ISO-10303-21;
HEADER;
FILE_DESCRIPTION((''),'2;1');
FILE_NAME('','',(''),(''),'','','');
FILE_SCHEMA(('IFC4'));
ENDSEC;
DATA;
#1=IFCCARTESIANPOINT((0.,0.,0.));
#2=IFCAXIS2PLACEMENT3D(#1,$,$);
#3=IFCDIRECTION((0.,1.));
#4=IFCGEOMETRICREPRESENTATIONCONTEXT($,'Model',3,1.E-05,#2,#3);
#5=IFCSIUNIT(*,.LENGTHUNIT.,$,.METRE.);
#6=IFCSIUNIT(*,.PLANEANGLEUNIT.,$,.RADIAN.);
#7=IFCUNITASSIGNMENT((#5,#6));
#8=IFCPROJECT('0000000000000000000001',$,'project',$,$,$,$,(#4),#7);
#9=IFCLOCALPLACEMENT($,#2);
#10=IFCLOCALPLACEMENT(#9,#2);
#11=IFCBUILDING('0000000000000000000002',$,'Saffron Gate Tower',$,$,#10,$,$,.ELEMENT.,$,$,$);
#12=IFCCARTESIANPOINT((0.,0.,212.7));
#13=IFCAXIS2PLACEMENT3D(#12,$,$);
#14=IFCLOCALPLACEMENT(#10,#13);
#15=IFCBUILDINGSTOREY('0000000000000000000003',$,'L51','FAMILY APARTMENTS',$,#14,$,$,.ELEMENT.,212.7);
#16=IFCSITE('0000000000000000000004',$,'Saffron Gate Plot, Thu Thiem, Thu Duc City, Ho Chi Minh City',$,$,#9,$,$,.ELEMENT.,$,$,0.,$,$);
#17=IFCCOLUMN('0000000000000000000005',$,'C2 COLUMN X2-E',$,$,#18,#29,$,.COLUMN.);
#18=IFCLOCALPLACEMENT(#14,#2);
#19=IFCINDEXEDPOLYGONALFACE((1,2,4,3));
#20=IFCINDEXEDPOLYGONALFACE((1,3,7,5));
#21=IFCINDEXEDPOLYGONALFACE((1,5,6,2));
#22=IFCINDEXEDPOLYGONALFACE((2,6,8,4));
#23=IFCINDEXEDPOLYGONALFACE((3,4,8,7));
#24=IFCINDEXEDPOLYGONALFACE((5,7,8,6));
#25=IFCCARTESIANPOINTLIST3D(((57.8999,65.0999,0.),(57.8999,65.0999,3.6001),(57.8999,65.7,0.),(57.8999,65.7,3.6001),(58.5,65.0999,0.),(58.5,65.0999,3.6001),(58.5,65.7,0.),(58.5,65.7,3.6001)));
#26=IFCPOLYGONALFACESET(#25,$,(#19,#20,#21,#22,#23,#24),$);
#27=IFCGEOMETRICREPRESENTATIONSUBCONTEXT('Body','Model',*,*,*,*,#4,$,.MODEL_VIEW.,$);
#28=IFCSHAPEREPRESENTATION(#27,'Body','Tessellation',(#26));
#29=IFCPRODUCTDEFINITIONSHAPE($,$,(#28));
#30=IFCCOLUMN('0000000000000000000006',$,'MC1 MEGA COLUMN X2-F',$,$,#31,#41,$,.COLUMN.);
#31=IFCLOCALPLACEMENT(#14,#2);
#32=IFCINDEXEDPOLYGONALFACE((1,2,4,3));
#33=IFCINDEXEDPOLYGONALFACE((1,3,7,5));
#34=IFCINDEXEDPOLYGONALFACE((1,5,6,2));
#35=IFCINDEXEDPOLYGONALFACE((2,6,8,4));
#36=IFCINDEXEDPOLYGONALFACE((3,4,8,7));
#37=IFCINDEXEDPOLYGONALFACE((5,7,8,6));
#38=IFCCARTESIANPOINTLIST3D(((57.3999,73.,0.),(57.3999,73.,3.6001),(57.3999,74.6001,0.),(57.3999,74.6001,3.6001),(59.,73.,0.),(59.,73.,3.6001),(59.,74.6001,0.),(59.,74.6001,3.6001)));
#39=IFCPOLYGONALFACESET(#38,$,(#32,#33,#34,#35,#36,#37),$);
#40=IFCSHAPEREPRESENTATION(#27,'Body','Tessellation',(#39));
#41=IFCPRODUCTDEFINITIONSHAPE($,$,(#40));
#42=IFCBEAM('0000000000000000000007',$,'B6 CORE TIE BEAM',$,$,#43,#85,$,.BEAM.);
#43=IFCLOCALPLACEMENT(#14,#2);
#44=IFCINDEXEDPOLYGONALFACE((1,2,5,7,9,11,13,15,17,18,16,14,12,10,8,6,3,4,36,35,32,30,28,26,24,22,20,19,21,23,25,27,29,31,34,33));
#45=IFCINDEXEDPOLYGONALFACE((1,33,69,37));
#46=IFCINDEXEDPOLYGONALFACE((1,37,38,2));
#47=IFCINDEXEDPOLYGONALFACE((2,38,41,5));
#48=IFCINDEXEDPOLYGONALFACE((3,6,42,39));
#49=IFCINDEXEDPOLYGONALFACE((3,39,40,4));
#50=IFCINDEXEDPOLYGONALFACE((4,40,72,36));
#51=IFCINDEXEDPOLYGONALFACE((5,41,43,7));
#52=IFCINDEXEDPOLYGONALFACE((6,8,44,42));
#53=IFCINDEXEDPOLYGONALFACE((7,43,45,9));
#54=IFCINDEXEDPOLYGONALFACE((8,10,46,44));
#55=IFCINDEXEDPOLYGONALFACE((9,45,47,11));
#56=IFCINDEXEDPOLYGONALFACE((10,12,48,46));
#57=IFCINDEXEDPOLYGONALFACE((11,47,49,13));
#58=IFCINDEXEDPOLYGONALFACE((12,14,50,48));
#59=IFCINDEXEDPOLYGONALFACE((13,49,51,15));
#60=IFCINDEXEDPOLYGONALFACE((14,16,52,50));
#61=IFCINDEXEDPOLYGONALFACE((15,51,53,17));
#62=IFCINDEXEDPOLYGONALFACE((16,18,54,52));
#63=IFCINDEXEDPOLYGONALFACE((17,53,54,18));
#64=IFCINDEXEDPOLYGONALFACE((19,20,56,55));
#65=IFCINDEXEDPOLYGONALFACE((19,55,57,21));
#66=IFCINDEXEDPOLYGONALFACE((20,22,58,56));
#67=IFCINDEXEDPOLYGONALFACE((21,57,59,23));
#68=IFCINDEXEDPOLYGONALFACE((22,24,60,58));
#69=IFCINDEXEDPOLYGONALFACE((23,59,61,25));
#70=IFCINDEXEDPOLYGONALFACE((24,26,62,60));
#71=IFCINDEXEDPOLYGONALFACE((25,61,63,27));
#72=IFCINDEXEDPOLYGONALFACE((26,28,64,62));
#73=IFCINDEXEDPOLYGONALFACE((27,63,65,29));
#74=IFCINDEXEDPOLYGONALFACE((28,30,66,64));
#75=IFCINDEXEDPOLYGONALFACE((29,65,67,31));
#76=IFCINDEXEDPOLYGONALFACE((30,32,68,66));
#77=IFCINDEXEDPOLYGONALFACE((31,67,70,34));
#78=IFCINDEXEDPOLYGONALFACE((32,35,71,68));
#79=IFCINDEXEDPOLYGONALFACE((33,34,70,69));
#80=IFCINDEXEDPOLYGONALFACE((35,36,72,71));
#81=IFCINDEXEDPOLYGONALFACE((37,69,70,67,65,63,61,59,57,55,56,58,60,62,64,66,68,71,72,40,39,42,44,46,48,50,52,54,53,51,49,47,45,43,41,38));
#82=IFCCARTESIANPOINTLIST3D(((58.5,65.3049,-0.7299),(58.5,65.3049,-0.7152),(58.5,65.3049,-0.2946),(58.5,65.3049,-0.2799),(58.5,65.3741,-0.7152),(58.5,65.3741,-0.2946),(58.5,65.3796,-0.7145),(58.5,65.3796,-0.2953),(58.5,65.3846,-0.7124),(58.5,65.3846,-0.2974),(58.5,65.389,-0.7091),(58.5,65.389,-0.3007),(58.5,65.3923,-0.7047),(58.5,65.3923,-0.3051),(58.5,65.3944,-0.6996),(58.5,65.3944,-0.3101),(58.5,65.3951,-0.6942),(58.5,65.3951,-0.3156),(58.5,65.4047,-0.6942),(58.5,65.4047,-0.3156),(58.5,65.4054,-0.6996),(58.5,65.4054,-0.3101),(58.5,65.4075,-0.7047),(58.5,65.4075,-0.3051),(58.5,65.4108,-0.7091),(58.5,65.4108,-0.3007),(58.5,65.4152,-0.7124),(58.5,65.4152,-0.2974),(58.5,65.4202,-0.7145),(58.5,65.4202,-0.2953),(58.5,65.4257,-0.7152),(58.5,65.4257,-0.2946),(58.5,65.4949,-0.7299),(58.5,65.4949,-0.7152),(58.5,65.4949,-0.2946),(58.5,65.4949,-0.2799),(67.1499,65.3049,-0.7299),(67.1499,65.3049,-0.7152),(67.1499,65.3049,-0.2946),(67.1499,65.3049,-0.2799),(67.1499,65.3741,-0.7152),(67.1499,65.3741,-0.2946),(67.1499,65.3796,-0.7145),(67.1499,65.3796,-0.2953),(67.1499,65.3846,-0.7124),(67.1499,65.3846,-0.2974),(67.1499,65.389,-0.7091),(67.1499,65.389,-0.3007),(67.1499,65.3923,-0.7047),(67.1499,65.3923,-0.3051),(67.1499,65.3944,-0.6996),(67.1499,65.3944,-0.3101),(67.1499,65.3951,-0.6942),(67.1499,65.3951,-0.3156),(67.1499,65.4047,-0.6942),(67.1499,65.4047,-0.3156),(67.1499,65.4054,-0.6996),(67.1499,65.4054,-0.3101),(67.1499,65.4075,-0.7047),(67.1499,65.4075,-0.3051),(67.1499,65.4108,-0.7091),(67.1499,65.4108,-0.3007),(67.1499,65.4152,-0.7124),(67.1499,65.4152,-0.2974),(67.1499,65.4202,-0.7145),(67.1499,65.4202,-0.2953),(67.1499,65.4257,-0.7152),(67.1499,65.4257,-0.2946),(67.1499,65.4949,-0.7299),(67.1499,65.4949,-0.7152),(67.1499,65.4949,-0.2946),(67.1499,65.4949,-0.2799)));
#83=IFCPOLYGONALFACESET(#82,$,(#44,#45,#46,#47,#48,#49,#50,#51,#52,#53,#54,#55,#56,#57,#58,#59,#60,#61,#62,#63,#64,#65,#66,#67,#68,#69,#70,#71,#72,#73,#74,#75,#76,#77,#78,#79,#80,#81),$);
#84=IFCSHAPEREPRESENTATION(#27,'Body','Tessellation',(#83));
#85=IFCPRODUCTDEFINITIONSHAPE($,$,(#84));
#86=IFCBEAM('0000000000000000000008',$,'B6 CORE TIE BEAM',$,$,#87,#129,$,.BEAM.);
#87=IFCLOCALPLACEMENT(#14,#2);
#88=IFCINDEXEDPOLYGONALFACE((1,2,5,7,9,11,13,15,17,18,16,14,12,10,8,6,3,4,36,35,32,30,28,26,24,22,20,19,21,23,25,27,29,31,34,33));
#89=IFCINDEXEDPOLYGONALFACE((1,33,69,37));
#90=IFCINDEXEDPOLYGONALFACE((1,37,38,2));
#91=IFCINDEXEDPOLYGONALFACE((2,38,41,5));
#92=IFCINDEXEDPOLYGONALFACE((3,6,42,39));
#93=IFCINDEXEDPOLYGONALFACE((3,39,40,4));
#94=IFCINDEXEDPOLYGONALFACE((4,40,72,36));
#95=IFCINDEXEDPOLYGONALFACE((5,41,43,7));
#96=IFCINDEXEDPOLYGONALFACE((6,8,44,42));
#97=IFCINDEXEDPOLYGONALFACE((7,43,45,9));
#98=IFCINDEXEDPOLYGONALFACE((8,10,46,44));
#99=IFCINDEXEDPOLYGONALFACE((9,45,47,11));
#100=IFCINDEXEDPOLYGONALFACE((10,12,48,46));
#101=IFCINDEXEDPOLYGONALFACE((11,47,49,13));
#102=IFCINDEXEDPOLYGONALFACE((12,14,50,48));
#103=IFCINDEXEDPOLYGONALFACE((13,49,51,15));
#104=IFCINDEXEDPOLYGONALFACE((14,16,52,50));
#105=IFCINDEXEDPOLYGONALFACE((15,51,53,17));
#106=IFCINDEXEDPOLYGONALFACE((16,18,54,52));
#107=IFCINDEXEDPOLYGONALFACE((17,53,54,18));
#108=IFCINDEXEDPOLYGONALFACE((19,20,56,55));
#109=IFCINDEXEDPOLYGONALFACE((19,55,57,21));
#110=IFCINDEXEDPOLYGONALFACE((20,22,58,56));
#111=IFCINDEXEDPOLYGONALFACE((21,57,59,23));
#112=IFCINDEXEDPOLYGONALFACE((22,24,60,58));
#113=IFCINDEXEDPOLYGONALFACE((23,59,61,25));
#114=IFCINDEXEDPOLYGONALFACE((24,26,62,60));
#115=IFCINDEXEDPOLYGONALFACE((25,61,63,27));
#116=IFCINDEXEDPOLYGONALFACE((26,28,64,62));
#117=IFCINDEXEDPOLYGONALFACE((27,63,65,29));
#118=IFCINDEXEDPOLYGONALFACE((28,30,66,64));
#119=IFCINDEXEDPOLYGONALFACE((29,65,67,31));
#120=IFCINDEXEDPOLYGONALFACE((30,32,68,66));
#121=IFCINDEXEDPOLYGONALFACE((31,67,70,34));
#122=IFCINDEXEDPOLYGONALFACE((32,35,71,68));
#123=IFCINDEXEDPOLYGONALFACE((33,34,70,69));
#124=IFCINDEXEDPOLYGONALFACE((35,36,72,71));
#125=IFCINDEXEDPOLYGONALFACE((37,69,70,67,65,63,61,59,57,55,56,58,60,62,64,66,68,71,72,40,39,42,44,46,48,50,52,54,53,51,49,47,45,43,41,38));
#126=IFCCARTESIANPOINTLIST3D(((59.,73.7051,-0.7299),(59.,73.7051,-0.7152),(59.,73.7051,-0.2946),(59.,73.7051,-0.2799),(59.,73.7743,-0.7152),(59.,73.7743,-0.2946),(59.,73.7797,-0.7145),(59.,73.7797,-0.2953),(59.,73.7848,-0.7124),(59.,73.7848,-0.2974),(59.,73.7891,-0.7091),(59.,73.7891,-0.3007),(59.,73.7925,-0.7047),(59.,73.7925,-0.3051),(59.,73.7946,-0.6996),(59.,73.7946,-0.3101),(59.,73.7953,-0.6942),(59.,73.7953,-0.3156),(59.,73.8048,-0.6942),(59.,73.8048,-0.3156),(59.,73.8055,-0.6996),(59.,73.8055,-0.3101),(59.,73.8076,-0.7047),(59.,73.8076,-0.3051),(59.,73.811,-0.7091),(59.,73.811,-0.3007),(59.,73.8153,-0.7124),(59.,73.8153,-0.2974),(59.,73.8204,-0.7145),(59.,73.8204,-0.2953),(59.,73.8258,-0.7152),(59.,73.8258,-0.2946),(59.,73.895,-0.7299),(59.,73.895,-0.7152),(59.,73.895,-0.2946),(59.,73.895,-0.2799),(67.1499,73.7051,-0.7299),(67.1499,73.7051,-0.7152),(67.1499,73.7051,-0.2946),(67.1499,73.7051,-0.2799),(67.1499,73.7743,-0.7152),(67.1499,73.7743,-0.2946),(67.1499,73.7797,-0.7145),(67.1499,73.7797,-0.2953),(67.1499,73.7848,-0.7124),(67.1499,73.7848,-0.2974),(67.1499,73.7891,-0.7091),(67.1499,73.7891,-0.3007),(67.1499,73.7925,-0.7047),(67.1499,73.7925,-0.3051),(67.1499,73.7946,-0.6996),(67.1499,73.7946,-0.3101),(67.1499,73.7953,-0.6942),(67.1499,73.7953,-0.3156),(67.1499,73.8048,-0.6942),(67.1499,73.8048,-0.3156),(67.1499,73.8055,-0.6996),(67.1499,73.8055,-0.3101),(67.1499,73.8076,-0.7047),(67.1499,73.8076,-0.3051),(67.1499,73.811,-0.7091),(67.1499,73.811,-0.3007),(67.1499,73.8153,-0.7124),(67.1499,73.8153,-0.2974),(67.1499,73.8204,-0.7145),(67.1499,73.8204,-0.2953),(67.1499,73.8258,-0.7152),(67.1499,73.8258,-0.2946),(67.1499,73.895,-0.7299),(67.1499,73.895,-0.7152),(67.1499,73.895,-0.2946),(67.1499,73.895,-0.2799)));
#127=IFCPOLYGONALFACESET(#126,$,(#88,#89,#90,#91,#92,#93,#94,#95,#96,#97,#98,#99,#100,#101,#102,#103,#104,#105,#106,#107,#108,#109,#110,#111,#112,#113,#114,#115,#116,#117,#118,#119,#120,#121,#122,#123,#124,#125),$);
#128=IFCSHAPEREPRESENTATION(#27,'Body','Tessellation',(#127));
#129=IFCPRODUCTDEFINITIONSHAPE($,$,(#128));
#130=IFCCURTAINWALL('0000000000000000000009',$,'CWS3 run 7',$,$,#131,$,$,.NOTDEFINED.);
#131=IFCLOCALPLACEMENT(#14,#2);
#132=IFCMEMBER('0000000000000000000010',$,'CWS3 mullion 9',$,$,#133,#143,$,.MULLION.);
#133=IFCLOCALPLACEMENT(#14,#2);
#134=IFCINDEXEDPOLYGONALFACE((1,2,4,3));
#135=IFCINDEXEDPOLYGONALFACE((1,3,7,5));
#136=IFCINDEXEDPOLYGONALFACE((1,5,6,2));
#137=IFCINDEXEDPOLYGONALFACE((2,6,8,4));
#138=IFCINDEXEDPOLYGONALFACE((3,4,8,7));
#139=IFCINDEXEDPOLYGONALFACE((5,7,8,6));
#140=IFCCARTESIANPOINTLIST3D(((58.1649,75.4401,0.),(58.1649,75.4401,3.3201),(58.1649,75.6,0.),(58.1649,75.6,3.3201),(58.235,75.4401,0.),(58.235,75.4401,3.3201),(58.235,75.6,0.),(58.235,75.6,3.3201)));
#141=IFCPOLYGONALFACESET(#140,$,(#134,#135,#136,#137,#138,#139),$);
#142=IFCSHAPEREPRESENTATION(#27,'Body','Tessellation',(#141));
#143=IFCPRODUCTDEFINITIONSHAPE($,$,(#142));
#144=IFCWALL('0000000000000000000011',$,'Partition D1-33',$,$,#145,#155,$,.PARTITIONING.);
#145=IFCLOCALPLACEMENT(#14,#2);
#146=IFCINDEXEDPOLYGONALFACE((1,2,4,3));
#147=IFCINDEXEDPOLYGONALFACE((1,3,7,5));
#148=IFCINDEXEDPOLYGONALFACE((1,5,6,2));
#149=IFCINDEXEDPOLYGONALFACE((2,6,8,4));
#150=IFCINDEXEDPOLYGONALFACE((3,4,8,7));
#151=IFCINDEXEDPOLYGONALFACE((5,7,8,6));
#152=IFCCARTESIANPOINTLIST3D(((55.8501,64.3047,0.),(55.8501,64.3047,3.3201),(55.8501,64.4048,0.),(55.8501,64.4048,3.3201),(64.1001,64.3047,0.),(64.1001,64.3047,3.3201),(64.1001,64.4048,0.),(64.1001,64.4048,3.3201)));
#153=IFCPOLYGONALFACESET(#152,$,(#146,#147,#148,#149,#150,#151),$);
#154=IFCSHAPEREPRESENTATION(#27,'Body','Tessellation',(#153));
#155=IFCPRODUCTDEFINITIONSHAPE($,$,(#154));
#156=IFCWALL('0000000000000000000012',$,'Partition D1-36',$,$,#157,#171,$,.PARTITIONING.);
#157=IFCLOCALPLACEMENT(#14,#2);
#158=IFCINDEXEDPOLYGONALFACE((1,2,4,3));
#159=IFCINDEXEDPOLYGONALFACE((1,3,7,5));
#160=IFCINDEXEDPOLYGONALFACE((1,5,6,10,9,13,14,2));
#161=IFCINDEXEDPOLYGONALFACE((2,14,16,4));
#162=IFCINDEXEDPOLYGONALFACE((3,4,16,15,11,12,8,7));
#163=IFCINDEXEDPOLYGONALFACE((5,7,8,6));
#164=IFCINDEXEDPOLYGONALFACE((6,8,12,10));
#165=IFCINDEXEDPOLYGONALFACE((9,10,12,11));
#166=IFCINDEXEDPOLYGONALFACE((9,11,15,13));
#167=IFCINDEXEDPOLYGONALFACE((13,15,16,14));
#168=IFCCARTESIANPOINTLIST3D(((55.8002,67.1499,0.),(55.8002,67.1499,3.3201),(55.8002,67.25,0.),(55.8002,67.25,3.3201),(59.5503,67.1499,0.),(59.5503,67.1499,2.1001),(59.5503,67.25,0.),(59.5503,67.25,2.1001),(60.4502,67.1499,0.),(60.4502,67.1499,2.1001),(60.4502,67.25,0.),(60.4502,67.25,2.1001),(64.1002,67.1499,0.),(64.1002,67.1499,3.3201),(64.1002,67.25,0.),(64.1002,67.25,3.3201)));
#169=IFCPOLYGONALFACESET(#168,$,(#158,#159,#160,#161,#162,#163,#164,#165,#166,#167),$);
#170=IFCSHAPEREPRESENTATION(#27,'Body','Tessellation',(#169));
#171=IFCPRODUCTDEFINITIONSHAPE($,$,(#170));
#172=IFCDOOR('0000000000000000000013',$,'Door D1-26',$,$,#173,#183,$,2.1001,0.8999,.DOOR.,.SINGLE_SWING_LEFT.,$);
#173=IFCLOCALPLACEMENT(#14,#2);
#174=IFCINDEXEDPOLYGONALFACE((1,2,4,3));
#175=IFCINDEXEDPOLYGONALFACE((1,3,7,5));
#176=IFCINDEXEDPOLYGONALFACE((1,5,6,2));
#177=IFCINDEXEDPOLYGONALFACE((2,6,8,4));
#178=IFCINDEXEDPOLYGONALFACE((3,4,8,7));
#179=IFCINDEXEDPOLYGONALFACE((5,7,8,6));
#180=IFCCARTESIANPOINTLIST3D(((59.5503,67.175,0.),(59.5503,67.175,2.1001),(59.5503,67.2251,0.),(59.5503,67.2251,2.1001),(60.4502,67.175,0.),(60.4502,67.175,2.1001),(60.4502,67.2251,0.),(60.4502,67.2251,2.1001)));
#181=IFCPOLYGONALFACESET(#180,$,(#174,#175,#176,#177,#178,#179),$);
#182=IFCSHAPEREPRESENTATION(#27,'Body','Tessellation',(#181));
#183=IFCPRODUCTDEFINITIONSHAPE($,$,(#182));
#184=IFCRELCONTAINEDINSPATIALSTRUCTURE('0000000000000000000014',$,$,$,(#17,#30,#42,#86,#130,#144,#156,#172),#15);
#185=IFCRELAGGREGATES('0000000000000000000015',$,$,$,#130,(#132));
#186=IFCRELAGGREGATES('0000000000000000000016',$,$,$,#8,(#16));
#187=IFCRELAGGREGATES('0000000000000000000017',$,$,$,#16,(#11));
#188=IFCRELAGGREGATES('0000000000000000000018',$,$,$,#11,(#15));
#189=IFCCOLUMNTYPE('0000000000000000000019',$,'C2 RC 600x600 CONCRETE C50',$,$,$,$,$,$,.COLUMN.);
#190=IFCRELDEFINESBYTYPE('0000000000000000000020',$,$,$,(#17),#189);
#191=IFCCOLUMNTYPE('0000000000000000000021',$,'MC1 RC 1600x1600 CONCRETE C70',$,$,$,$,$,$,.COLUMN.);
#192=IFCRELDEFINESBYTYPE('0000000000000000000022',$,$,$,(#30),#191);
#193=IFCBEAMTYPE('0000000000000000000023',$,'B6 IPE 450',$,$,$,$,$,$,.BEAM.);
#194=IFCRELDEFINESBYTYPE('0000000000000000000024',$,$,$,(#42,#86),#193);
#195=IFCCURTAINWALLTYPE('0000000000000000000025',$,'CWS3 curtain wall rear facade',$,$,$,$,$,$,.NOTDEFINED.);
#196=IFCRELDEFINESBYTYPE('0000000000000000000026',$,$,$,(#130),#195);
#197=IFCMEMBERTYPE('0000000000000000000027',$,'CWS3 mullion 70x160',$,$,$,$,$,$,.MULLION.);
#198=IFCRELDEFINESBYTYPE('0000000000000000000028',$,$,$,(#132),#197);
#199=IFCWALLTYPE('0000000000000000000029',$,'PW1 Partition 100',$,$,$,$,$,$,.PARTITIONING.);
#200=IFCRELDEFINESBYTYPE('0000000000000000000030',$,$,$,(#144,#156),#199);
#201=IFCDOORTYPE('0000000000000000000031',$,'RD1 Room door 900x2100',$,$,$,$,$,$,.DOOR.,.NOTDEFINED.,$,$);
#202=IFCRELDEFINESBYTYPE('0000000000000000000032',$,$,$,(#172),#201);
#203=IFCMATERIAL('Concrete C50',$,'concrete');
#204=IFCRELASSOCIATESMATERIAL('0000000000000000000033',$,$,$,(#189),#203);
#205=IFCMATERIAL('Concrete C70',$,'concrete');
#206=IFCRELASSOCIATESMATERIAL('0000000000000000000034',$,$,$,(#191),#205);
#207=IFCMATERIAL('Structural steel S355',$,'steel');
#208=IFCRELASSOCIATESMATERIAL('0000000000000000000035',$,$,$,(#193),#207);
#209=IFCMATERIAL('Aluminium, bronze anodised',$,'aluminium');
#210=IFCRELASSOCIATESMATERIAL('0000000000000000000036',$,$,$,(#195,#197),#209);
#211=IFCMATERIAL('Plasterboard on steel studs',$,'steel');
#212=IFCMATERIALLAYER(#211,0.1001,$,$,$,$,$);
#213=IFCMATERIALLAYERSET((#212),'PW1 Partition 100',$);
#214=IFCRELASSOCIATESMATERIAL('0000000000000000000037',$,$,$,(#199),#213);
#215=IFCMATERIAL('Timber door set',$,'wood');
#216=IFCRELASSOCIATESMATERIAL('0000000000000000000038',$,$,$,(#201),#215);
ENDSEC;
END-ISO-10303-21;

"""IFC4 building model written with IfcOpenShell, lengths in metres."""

from ifc_helpers import new_model, si_unit, direction, frame, frame_2d, origin, origin_2d, place, context, subcontext, project, spatial, rectangle, i_section, extrude, material, layer, layer_set, material_profile, profile_set, type_object, element, fill, aggregate, save


model = new_model("IFC4")

# Units and contexts
model_context = context("Model", 3, precision=1e-05, world=origin(), true_north=direction((0.0, 1.0)))
body_context = subcontext(model_context, "Body", "Model", "MODEL_VIEW")
ifc_project = project(units=[si_unit("LENGTHUNIT", "METRE"), si_unit("PLANEANGLEUNIT", "RADIAN")], contexts=[model_context])

# Site, building, storey
site_placement = place(None, origin())
site = spatial("IfcSite", under=ifc_project, at=site_placement, Name="Saffron Gate Plot, Thu Thiem, Thu Duc City, Ho Chi Minh City", CompositionType="ELEMENT", RefElevation=0.0)
building_placement = place(site_placement, origin())
building = spatial("IfcBuilding", under=site, at=building_placement, Name="Saffron Gate Tower", CompositionType="ELEMENT")
storey_placement = place(building_placement, frame((0.0, 0.0, 212.7)))
storey = spatial("IfcBuildingStorey", under=building, at=storey_placement, Name="L51", Description="FAMILY APARTMENTS", CompositionType="ELEMENT", Elevation=212.7)

# Columns
ifc_material_1 = material(Name="Concrete C50", Category="concrete")
ifc_material_profile_1 = material_profile(ifc_material_1, rectangle(XDim=0.6001, YDim=0.6001, at=origin_2d()))
ifc_profile_set_1 = profile_set([ifc_material_profile_1], Name="Concrete C50")
column_type_1 = type_object("IfcColumnType", Name="C2 RC 600x600 CONCRETE C50", PredefinedType="COLUMN", material=ifc_profile_set_1)
column_1_placement = place(storey_placement, frame((58.2, 65.3999, 0.0), z_axis=(0.0, 0.0, 1.0), x_axis=(1.0, 0.0, 0.0)))
element("IfcColumn", 1, at=column_1_placement, inside=storey, type_object=column_type_1, Name="C2 COLUMN X2-E", PredefinedType="COLUMN", context=body_context, shape_type="SweptSolid", body=[
    extrude(rectangle(XDim=0.6001, YDim=0.6001, at=origin_2d()), origin(), (0.0, 0.0, 1.0), 3.6001),
])
ifc_material_2 = material(Name="Concrete C70", Category="concrete")
ifc_material_profile_2 = material_profile(ifc_material_2, rectangle(XDim=1.6001, YDim=1.6001, at=origin_2d()))
ifc_profile_set_2 = profile_set([ifc_material_profile_2], Name="Concrete C70")
column_type_2 = type_object("IfcColumnType", Name="MC1 RC 1600x1600 CONCRETE C70", PredefinedType="COLUMN", material=ifc_profile_set_2)
column_2_placement = place(storey_placement, frame((58.2, 73.8, 0.0), z_axis=(0.0, 0.0, 1.0), x_axis=(1.0, 0.0, 0.0)))
element("IfcColumn", 2, at=column_2_placement, inside=storey, type_object=column_type_2, Name="MC1 MEGA COLUMN X2-F", PredefinedType="COLUMN", context=body_context, shape_type="SweptSolid", body=[
    extrude(rectangle(XDim=1.6001, YDim=1.6001, at=origin_2d()), origin(), (0.0, 0.0, 1.0), 3.6001),
])

# Beams
ifc_material_3 = material(Name="Structural steel S355", Category="steel")
ifc_material_profile_3 = material_profile(ifc_material_3, i_section(OverallWidth=0.1899, OverallDepth=0.45, WebThickness=0.0095, FlangeThickness=0.0146, FilletRadius=0.021, at=origin_2d()))
ifc_profile_set_3 = profile_set([ifc_material_profile_3], Name="Structural steel S355")
beam_type = type_object("IfcBeamType", Name="B6 IPE 450", PredefinedType="BEAM", material=ifc_profile_set_3)
beam_1_placement = place(storey_placement, frame((58.5, 65.3999, -0.5049), z_axis=(1.0, 0.0, 0.0), x_axis=(0.0, 1.0, 0.0)))
element("IfcBeam", 3, at=beam_1_placement, inside=storey, type_object=beam_type, Name="B6 CORE TIE BEAM", PredefinedType="BEAM", context=body_context, shape_type="SweptSolid", body=[
    extrude(i_section(OverallWidth=0.1899, OverallDepth=0.45, WebThickness=0.0095, FlangeThickness=0.0146, FilletRadius=0.021, at=origin_2d()), origin(), (0.0, 0.0, 1.0), 8.6499),
])
beam_2_placement = place(storey_placement, frame((59.0, 73.8, -0.5049), z_axis=(1.0, 0.0, 0.0), x_axis=(0.0, 1.0, 0.0)))
element("IfcBeam", 4, at=beam_2_placement, inside=storey, type_object=beam_type, Name="B6 CORE TIE BEAM", PredefinedType="BEAM", context=body_context, shape_type="SweptSolid", body=[
    extrude(i_section(OverallWidth=0.1899, OverallDepth=0.45, WebThickness=0.0095, FlangeThickness=0.0146, FilletRadius=0.021, at=origin_2d()), origin(), (0.0, 0.0, 1.0), 8.1499),
])

# Curtain wall, member
ifc_material_4 = material(Name="Aluminium, bronze anodised", Category="aluminium")
curtain_wall_type = type_object("IfcCurtainWallType", Name="CWS3 curtain wall rear facade", PredefinedType="NOTDEFINED", material=ifc_material_4)
curtain_wall_placement = place(storey_placement, origin())
curtain_wall = element("IfcCurtainWall", 5, at=curtain_wall_placement, inside=storey, type_object=curtain_wall_type, Name="CWS3 run 7", PredefinedType="NOTDEFINED")
ifc_material_profile_4 = material_profile(ifc_material_4, rectangle(XDim=0.1599, YDim=0.0701, at=origin_2d()))
ifc_profile_set_4 = profile_set([ifc_material_profile_4], Name="Aluminium, bronze anodised")
member_type = type_object("IfcMemberType", Name="CWS3 mullion 70x160", PredefinedType="MULLION", material=ifc_profile_set_4)
member_placement = place(storey_placement, frame((58.2, 75.52, 0.0), z_axis=(0.0, 0.0, 1.0), x_axis=(0.0, -1.0, 0.0)))
member = element("IfcMember", 6, at=member_placement, type_object=member_type, Name="CWS3 mullion 9", PredefinedType="MULLION", context=body_context, shape_type="SweptSolid", body=[
    extrude(rectangle(XDim=0.1599, YDim=0.0701, at=origin_2d()), origin(), (0.0, 0.0, 1.0), 3.3201),
])
aggregate(curtain_wall, [member])

# Wall
ifc_material_5 = material(Name="Plasterboard on steel studs", Category="steel")
ifc_layer_1 = layer(ifc_material_5, 0.1001)
ifc_layer_set_1 = layer_set([ifc_layer_1], Name="PW1 Partition 100")
wall_type = type_object("IfcWallType", Name="PW1 Partition 100", PredefinedType="PARTITIONING", material=ifc_layer_set_1)
wall_1_placement = place(storey_placement, frame((55.8501, 64.3547, 0.0), z_axis=(0.0, 0.0, 1.0), x_axis=(1.0, 0.0, 0.0)))
element("IfcWall", 7, at=wall_1_placement, inside=storey, type_object=wall_type, Name="Partition D1-33", PredefinedType="PARTITIONING", context=body_context, shape_type="SweptSolid", body=[
    extrude(rectangle(XDim=8.25, YDim=0.1001, at=frame_2d((4.125, 0.0))), origin(), (0.0, 0.0, 1.0), 3.3201),
])

# Wall, opening, door
wall_2_placement = place(storey_placement, frame((64.1001, 67.2, 0.0), z_axis=(0.0, 0.0, 1.0), x_axis=(-1.0, 0.0, 0.0)))
wall_2 = element("IfcWall", 8, at=wall_2_placement, inside=storey, type_object=wall_type, Name="Partition D1-36", PredefinedType="PARTITIONING", context=body_context, shape_type="SweptSolid", body=[
    extrude(rectangle(XDim=8.3, YDim=0.1001, at=frame_2d((4.1499, 0.0))), origin(), (0.0, 0.0, 1.0), 3.3201),
])
opening_1_placement = place(wall_2_placement, frame((3.6499, 0.0, 0.0)))
opening_1 = element("IfcOpeningElement", 9, at=opening_1_placement, cuts=wall_2, PredefinedType="OPENING", context=body_context, shape_type="SweptSolid", body=[
    extrude(rectangle(XDim=0.8999, YDim=2.1001, at=frame_2d((0.45, 1.05))), frame((0.0, 0.0601, 0.0), z_axis=(0.0, -1.0, 0.0), x_axis=(1.0, 0.0, 0.0)), (0.0, 0.0, 1.0), 0.1201),
])
ifc_material_6 = material(Name="Timber door set", Category="wood")
door_type_1 = type_object("IfcDoorType", Name="RD1 Room door 900x2100", OperationType="NOTDEFINED", PredefinedType="DOOR", material=ifc_material_6)
door_1_placement = place(opening_1_placement, origin())
door_1 = element("IfcDoor", 10, at=door_1_placement, inside=storey, type_object=door_type_1, Name="Door D1-26", OperationType="SINGLE_SWING_LEFT", OverallHeight=2.1001, OverallWidth=0.8999, PredefinedType="DOOR", context=body_context, shape_type="SweptSolid", body=[
    extrude(rectangle(XDim=0.8999, YDim=2.1001, at=frame_2d((0.45, 1.05))), frame((0.0, 0.0249, 0.0), z_axis=(0.0, -1.0, 0.0), x_axis=(1.0, 0.0, 0.0)), (0.0, 0.0, 1.0), 0.05),
])
fill(opening_1, door_1)

save(model, "model.ifc")
